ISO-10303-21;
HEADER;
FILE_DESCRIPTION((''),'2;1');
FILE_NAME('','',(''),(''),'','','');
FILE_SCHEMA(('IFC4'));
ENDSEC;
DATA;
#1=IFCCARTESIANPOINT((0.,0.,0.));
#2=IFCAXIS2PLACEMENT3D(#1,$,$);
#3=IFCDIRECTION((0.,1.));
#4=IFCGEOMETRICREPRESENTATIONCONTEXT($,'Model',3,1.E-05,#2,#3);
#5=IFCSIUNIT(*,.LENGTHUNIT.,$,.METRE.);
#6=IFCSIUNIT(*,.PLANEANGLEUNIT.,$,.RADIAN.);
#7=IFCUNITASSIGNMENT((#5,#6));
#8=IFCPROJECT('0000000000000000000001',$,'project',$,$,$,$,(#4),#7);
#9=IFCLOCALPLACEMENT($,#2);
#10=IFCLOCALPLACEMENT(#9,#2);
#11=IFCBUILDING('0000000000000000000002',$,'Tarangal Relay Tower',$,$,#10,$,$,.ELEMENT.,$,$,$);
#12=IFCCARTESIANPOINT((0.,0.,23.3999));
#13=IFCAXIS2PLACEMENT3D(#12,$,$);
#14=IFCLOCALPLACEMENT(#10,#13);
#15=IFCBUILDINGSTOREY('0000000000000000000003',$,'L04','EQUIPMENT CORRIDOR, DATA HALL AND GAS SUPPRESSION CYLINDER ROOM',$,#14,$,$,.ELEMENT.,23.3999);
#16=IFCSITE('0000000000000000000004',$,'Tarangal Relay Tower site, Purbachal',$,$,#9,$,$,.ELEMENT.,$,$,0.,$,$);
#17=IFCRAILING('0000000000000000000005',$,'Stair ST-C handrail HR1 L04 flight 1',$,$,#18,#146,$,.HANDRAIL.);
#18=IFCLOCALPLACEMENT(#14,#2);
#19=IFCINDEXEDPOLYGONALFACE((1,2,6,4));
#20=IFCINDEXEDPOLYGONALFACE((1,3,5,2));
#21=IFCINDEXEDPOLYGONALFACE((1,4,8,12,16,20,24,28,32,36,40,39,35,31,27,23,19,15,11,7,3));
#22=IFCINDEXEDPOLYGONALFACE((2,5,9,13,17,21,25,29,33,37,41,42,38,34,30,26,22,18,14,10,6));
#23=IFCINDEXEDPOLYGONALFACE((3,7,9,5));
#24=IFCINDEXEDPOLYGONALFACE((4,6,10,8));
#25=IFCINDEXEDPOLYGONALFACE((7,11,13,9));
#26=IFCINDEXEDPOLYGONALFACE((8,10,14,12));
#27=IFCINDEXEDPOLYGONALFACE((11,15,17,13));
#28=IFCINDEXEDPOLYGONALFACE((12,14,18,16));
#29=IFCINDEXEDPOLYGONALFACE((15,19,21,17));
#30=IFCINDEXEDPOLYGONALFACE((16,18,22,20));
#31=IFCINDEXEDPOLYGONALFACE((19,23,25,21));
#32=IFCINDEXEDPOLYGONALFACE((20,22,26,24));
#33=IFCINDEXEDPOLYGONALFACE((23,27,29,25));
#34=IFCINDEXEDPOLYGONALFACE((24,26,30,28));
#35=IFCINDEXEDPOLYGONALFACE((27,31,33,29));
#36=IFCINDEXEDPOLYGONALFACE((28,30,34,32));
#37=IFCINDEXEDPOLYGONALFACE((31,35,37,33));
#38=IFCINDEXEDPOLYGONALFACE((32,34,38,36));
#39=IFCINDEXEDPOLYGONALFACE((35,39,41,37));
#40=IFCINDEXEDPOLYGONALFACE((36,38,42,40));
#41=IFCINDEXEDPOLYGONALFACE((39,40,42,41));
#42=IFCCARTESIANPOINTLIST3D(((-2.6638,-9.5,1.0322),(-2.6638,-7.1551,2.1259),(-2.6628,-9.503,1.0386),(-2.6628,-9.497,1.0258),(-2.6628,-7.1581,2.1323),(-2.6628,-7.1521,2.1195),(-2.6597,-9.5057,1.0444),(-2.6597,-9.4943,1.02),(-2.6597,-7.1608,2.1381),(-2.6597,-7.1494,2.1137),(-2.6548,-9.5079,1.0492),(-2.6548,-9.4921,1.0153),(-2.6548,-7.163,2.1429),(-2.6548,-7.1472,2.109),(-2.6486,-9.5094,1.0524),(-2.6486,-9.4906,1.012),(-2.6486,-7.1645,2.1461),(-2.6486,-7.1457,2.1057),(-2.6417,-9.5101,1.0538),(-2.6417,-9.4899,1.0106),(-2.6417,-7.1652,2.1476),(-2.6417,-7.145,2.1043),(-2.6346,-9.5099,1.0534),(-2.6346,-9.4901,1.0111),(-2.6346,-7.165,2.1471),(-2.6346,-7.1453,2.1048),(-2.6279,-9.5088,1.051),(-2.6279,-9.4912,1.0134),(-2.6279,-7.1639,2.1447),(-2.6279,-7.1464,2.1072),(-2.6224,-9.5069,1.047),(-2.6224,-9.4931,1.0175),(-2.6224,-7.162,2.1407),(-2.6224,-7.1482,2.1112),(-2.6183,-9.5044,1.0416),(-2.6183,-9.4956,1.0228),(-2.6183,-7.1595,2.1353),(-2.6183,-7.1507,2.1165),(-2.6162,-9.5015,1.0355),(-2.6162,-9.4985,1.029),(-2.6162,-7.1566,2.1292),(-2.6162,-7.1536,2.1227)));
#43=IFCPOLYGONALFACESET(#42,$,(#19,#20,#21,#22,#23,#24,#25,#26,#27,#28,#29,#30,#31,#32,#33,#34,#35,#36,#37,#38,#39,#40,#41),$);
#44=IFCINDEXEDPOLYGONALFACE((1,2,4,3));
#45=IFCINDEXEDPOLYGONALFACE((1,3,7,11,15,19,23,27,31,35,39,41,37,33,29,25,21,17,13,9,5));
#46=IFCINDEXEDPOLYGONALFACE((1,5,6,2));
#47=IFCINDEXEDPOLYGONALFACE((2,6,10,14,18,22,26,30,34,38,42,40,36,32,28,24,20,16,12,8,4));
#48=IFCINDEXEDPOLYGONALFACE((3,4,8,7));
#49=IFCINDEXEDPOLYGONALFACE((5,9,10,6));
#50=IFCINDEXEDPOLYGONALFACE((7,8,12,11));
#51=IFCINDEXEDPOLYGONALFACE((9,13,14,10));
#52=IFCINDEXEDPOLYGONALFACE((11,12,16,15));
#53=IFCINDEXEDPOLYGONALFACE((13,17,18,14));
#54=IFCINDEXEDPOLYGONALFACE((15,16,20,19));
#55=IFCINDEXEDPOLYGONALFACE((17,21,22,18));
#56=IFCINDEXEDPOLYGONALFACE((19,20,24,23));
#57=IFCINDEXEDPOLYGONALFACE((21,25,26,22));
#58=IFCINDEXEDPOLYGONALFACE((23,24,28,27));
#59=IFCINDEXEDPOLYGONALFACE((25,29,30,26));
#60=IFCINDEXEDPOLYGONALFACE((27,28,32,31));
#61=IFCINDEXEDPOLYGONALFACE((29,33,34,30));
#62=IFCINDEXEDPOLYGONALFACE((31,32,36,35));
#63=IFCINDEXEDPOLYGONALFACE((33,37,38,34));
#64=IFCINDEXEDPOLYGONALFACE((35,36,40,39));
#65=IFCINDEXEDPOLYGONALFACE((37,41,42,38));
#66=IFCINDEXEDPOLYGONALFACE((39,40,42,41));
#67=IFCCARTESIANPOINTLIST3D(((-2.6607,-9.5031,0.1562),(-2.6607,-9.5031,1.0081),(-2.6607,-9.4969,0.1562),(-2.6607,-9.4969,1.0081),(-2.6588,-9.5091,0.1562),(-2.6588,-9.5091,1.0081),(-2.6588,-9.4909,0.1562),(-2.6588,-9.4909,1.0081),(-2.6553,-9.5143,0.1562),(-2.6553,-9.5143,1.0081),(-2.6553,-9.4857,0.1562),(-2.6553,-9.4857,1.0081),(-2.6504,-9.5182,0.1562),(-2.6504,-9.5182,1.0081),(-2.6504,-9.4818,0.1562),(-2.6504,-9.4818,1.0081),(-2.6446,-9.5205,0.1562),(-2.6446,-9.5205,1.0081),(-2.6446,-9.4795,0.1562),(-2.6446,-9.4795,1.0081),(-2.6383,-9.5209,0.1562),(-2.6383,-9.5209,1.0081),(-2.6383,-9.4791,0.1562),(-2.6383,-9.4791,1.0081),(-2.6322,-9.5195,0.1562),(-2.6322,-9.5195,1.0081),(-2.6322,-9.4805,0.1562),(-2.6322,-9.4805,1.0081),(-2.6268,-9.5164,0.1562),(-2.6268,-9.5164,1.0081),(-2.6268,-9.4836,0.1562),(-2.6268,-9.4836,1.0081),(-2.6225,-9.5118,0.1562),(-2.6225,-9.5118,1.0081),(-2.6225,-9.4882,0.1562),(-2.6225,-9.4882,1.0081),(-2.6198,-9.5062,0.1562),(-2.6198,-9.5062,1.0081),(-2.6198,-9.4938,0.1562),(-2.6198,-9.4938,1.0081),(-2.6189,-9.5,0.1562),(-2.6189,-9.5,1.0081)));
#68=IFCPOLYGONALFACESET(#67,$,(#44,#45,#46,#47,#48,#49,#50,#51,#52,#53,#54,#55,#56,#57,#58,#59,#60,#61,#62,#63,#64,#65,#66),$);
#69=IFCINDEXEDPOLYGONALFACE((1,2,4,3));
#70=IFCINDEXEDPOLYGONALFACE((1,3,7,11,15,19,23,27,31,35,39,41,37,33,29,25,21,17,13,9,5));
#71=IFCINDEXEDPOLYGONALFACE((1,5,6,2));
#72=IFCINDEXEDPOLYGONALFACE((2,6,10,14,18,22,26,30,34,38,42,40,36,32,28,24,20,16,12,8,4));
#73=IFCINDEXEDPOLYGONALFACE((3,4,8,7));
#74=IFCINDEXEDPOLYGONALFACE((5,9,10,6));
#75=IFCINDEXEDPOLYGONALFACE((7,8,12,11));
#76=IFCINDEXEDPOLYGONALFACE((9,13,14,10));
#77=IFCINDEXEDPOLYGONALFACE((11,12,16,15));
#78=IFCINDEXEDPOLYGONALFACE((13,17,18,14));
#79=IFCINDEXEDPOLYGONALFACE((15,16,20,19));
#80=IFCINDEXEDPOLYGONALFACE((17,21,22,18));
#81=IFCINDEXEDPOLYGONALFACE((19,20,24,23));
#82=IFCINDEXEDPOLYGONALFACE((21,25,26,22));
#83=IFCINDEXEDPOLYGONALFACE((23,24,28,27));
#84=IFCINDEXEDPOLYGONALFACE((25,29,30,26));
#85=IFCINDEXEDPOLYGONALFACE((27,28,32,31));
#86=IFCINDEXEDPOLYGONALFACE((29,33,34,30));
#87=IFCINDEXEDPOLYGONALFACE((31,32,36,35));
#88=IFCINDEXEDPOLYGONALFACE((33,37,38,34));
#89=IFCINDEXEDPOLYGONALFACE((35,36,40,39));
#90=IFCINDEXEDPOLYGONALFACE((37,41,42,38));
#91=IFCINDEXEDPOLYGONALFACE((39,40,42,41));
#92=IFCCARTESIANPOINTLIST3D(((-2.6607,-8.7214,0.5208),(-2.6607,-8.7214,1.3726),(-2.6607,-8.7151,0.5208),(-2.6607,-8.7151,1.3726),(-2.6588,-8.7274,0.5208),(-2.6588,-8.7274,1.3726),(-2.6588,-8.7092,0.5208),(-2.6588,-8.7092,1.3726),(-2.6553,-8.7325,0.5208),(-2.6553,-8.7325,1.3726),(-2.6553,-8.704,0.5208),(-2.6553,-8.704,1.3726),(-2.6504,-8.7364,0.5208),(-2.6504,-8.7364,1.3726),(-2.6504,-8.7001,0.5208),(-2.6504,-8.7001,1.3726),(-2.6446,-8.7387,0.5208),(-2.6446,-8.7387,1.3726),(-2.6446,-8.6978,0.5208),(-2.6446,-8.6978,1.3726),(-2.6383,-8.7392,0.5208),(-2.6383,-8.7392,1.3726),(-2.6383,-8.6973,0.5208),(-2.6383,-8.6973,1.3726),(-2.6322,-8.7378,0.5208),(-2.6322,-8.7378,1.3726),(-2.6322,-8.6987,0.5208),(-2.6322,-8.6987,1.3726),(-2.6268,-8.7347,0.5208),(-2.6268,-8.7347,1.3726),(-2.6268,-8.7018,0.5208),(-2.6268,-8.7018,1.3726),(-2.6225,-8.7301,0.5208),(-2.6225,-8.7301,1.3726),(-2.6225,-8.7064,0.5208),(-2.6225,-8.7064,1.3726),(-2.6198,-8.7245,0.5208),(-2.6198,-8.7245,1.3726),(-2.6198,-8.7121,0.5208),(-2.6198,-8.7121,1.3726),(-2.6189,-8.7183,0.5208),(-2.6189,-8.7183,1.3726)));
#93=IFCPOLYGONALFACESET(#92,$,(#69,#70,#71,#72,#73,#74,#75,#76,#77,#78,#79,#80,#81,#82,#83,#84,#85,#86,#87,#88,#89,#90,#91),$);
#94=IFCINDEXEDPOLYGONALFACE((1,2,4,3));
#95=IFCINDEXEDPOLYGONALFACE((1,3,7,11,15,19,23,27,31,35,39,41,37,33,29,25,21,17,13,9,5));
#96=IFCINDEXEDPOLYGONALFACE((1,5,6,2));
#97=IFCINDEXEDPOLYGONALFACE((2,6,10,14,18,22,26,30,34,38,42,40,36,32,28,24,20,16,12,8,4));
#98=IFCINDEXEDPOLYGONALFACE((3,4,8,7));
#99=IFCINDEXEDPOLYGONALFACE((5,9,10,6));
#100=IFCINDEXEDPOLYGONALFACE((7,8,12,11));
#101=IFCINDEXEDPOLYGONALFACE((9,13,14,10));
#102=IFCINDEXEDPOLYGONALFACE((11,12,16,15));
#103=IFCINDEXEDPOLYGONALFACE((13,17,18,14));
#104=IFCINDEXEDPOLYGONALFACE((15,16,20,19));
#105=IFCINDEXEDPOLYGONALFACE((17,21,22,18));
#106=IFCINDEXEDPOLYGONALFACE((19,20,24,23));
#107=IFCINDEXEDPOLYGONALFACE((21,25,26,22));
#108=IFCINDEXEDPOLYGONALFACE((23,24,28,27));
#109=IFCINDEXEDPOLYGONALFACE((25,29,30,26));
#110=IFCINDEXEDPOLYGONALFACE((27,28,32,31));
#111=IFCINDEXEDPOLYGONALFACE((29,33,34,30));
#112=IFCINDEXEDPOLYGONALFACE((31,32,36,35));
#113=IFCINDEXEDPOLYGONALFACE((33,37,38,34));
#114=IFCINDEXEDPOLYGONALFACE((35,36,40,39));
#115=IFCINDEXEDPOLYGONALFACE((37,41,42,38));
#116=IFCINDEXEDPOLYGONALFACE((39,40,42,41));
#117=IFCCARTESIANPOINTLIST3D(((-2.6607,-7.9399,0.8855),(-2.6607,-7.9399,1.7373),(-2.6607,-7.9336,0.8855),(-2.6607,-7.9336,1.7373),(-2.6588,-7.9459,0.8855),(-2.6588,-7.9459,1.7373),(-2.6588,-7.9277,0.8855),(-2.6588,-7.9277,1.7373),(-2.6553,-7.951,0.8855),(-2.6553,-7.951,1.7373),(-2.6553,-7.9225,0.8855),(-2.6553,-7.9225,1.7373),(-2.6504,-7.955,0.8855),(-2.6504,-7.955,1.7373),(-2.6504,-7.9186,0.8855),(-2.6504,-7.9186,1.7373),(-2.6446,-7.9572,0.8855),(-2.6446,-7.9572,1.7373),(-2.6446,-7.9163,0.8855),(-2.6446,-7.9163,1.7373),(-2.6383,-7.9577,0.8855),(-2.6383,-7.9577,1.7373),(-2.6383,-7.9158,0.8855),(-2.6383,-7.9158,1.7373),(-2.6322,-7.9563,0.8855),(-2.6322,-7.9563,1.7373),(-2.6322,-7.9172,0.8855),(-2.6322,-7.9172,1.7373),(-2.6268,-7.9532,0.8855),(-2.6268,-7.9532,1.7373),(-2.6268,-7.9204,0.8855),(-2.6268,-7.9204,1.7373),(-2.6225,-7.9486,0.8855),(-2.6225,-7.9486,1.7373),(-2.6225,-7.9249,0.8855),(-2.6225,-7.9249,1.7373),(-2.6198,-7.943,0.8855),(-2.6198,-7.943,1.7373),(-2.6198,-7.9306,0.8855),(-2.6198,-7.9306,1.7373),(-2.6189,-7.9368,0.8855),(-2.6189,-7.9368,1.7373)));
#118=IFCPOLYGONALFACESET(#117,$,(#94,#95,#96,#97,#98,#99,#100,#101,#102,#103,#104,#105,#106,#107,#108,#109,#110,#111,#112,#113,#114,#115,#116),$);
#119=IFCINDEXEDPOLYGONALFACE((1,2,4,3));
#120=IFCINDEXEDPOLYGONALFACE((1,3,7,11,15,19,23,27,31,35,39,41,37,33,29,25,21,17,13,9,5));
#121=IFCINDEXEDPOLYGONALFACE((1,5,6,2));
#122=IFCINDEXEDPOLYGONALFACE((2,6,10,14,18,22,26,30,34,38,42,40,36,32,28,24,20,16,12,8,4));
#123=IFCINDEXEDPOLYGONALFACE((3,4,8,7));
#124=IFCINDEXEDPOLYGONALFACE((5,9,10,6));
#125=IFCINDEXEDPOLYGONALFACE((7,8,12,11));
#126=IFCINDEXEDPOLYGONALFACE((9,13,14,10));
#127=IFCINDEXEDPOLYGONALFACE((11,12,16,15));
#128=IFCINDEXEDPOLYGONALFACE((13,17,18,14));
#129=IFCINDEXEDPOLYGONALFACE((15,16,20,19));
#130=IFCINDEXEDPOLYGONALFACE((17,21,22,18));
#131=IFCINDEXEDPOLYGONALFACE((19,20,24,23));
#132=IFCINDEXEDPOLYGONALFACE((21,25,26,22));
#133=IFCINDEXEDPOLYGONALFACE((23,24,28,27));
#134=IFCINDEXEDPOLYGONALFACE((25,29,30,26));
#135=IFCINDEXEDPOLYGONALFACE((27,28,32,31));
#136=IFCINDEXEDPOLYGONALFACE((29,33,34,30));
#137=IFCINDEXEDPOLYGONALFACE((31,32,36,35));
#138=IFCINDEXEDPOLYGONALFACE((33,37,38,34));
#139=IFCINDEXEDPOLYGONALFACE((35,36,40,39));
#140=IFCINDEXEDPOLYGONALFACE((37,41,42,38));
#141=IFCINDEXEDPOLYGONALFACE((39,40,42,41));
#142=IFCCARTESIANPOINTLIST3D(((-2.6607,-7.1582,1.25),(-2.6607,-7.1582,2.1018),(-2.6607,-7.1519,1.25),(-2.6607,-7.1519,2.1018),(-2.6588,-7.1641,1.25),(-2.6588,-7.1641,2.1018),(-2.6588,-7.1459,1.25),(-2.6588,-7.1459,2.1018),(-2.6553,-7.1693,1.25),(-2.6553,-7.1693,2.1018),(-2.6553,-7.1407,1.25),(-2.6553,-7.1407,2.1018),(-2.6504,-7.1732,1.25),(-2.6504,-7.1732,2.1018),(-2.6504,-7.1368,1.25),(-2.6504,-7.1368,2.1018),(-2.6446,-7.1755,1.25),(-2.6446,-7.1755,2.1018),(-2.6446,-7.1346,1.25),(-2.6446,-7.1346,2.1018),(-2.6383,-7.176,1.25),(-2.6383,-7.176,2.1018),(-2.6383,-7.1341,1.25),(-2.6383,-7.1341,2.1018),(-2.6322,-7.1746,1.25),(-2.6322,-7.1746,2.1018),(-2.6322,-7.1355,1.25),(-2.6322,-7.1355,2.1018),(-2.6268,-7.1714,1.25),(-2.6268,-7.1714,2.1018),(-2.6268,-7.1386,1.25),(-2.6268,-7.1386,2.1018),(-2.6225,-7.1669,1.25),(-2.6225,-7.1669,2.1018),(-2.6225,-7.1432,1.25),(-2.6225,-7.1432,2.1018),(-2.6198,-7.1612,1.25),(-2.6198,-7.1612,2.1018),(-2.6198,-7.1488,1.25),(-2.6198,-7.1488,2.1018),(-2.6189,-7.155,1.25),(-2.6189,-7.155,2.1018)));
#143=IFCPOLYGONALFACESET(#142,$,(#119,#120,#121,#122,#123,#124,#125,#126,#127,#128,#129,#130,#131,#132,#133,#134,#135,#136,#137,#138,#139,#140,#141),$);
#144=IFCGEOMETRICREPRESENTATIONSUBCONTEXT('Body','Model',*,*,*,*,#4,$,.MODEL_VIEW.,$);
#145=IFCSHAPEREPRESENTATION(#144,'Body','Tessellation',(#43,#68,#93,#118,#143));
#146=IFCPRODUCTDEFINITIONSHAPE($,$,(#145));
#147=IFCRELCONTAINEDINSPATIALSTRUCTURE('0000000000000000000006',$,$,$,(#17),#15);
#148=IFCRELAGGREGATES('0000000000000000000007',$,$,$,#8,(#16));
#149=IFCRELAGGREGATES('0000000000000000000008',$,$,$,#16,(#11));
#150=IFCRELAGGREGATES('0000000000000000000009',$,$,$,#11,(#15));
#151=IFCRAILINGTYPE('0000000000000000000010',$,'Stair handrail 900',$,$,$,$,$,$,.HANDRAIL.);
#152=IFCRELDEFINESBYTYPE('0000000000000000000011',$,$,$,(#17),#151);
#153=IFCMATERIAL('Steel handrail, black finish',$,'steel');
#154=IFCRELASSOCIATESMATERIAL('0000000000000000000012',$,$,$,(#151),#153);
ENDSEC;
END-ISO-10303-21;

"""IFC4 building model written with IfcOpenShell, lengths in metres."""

from ifc_helpers import new_model, si_unit, direction, frame, origin, origin_2d, place, context, subcontext, project, spatial, circle, extrude, material, type_object, element, save


model = new_model("IFC4")

# Units and contexts
model_context = context("Model", 3, precision=1e-05, world=origin(), true_north=direction((0.0, 1.0)))
body_context = subcontext(model_context, "Body", "Model", "MODEL_VIEW")
ifc_project = project(units=[si_unit("LENGTHUNIT", "METRE"), si_unit("PLANEANGLEUNIT", "RADIAN")], contexts=[model_context])

# Site, building, storey
site_placement = place(None, origin())
site = spatial("IfcSite", under=ifc_project, at=site_placement, Name="Tarangal Relay Tower site, Purbachal", CompositionType="ELEMENT", RefElevation=0.0)
building_placement = place(site_placement, origin())
building = spatial("IfcBuilding", under=site, at=building_placement, Name="Tarangal Relay Tower", CompositionType="ELEMENT")
storey_placement = place(building_placement, frame((0.0, 0.0, 23.3999)))
storey = spatial("IfcBuildingStorey", under=building, at=storey_placement, Name="L04", Description="EQUIPMENT CORRIDOR, DATA HALL AND GAS SUPPRESSION CYLINDER ROOM", CompositionType="ELEMENT", Elevation=23.3999)

# Railing
ifc_material_1 = material(Name="Steel handrail, black finish", Category="steel")
railing_type_1 = type_object("IfcRailingType", Name="Stair handrail 900", PredefinedType="HANDRAIL", material=ifc_material_1)
for number, where, name in (
    (1, (-2.6399, -9.5, 0.1562), "Stair ST-C handrail HR1 L04 flight 1"),
):
    element("IfcRailing", number, at=place(storey_placement, frame(where)), inside=storey, type_object=railing_type_1, Name=name, PredefinedType="HANDRAIL", context=body_context, shape_type="SweptSolid", body=[
        extrude(circle(Radius=0.0239, at=origin_2d()), frame((0.0, 0.0, 0.876), z_axis=(0.0, 0.906267, 0.422705), x_axis=(-1.0, 0.0, 0.0)), (0.0, 0.0, 1.0), 2.5874),
        extrude(circle(Radius=0.021, at=origin_2d()), origin(), (0.0, 0.0, 1.0), 0.8518),
        extrude(circle(Radius=0.021, at=origin_2d()), frame((0.0, 0.7817, 0.3645)), (0.0, 0.0, 1.0), 0.8518),
        extrude(circle(Radius=0.021, at=origin_2d()), frame((0.0, 1.5632, 0.7292)), (0.0, 0.0, 1.0), 0.8518),
        extrude(circle(Radius=0.021, at=origin_2d()), frame((0.0, 2.345, 1.0938)), (0.0, 0.0, 1.0), 0.8518),
    ])

save(model, "model.ifc")
